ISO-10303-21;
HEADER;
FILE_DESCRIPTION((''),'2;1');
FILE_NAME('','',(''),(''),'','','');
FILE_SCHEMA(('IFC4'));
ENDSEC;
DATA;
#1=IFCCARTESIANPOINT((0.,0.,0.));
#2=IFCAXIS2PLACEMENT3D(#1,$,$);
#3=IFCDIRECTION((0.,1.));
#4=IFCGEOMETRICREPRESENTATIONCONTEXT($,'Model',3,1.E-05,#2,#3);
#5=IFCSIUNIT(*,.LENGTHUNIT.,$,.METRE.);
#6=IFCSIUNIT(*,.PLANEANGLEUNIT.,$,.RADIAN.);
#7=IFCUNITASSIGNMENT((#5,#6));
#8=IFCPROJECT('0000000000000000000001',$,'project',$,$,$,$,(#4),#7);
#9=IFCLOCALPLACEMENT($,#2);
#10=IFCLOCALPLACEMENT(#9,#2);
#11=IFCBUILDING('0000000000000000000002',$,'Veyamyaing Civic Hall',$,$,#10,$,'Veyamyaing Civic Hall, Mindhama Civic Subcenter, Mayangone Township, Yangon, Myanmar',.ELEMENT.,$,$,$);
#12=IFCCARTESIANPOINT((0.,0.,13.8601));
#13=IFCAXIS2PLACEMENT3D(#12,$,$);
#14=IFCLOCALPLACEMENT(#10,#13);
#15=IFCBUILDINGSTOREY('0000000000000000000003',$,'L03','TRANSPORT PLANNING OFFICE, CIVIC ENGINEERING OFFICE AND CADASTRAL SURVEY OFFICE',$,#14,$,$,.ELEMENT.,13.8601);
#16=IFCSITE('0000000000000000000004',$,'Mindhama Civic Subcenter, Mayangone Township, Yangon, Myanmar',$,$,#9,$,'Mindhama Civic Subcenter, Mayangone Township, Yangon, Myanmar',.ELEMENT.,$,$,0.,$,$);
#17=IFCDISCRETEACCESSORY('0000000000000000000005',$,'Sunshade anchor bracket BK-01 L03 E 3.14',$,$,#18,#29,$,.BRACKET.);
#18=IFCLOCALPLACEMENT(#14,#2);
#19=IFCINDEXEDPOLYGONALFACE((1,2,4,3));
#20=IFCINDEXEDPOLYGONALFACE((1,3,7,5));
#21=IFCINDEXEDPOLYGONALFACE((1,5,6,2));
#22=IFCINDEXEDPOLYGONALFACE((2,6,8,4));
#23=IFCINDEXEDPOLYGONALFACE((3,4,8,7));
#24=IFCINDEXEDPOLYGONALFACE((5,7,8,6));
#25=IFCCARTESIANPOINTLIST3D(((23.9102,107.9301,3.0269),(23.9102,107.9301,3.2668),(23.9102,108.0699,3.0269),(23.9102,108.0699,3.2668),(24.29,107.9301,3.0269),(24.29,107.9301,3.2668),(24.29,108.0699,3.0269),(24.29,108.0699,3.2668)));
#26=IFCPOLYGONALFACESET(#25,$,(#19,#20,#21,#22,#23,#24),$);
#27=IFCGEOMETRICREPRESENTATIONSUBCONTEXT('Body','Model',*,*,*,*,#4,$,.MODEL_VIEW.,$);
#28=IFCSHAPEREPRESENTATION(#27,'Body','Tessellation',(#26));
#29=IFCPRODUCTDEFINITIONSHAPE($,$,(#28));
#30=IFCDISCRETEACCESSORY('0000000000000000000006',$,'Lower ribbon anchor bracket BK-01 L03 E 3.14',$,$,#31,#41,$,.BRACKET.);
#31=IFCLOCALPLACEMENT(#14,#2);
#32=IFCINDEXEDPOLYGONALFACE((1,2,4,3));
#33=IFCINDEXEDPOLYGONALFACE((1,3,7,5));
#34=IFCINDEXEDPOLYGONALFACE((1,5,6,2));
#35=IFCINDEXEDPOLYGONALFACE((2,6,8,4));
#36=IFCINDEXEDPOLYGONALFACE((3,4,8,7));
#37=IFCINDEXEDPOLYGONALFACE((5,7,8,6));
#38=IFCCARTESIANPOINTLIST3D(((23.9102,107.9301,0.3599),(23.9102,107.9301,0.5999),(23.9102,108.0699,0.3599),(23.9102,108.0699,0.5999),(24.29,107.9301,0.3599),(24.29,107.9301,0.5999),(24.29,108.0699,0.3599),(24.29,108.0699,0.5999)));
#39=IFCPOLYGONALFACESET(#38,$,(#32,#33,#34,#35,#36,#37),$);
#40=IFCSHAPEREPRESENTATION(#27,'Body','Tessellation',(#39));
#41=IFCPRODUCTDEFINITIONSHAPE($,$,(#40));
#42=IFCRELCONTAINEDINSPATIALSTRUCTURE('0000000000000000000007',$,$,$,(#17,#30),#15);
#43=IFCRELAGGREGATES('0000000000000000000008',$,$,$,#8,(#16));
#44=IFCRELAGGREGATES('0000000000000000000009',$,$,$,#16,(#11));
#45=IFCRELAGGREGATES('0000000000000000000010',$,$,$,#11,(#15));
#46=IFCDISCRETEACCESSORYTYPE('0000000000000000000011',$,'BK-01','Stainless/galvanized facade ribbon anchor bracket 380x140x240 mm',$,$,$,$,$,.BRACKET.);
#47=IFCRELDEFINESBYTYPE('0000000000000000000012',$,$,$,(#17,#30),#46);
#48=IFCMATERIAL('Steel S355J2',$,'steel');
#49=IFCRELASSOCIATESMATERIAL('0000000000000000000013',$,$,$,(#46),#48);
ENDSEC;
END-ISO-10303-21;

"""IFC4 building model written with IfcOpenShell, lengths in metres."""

from ifc_helpers import new_model, si_unit, direction, frame, origin, origin_2d, place, context, subcontext, project, spatial, rectangle, extrude, material, type_object, element, save


model = new_model("IFC4")

# Units and contexts
model_context = context("Model", 3, precision=1e-05, world=origin(), true_north=direction((0.0, 1.0)))
body_context = subcontext(model_context, "Body", "Model", "MODEL_VIEW")
ifc_project = project(units=[si_unit("LENGTHUNIT", "METRE"), si_unit("PLANEANGLEUNIT", "RADIAN")], contexts=[model_context])

# Site, building, storey
site_placement = place(None, origin())
site = spatial("IfcSite", under=ifc_project, at=site_placement, Name="Mindhama Civic Subcenter, Mayangone Township, Yangon, Myanmar", LongName="Mindhama Civic Subcenter, Mayangone Township, Yangon, Myanmar", CompositionType="ELEMENT", RefElevation=0.0)
building_placement = place(site_placement, origin())
building = spatial("IfcBuilding", under=site, at=building_placement, Name="Veyamyaing Civic Hall", LongName="Veyamyaing Civic Hall, Mindhama Civic Subcenter, Mayangone Township, Yangon, Myanmar", CompositionType="ELEMENT")
storey_placement = place(building_placement, frame((0.0, 0.0, 13.8601)))
storey = spatial("IfcBuildingStorey", under=building, at=storey_placement, Name="L03", Description="TRANSPORT PLANNING OFFICE, CIVIC ENGINEERING OFFICE AND CADASTRAL SURVEY OFFICE", CompositionType="ELEMENT", Elevation=13.8601)

# Discrete accessories
ifc_material_1 = material(Name="Steel S355J2", Category="steel")
discrete_accessory_type = type_object("IfcDiscreteAccessoryType", Name="BK-01", Description="Stainless/galvanized facade ribbon anchor bracket 380x140x240 mm", PredefinedType="BRACKET", material=ifc_material_1)
for number, where, z_axis, x_axis, name in (
    (1, (24.1001, 108.0, 3.0269), (0.0, 0.0, 1.0), (1.0, 0.0, 0.0), "Sunshade anchor bracket BK-01 L03 E 3.14"),
    (2, (24.1001, 108.0, 0.3599), (0.0, 0.0, 1.0), (1.0, 0.0, 0.0), "Lower ribbon anchor bracket BK-01 L03 E 3.14"),
):
    element("IfcDiscreteAccessory", number, at=place(storey_placement, frame(where, z_axis=z_axis, x_axis=x_axis)), inside=storey, type_object=discrete_accessory_type, Name=name, PredefinedType="BRACKET", context=body_context, shape_type="SweptSolid", body=[
        extrude(rectangle(XDim=0.3799, YDim=0.1399, at=origin_2d()), origin(), (0.0, 0.0, 1.0), 0.24),
    ])

save(model, "model.ifc")
